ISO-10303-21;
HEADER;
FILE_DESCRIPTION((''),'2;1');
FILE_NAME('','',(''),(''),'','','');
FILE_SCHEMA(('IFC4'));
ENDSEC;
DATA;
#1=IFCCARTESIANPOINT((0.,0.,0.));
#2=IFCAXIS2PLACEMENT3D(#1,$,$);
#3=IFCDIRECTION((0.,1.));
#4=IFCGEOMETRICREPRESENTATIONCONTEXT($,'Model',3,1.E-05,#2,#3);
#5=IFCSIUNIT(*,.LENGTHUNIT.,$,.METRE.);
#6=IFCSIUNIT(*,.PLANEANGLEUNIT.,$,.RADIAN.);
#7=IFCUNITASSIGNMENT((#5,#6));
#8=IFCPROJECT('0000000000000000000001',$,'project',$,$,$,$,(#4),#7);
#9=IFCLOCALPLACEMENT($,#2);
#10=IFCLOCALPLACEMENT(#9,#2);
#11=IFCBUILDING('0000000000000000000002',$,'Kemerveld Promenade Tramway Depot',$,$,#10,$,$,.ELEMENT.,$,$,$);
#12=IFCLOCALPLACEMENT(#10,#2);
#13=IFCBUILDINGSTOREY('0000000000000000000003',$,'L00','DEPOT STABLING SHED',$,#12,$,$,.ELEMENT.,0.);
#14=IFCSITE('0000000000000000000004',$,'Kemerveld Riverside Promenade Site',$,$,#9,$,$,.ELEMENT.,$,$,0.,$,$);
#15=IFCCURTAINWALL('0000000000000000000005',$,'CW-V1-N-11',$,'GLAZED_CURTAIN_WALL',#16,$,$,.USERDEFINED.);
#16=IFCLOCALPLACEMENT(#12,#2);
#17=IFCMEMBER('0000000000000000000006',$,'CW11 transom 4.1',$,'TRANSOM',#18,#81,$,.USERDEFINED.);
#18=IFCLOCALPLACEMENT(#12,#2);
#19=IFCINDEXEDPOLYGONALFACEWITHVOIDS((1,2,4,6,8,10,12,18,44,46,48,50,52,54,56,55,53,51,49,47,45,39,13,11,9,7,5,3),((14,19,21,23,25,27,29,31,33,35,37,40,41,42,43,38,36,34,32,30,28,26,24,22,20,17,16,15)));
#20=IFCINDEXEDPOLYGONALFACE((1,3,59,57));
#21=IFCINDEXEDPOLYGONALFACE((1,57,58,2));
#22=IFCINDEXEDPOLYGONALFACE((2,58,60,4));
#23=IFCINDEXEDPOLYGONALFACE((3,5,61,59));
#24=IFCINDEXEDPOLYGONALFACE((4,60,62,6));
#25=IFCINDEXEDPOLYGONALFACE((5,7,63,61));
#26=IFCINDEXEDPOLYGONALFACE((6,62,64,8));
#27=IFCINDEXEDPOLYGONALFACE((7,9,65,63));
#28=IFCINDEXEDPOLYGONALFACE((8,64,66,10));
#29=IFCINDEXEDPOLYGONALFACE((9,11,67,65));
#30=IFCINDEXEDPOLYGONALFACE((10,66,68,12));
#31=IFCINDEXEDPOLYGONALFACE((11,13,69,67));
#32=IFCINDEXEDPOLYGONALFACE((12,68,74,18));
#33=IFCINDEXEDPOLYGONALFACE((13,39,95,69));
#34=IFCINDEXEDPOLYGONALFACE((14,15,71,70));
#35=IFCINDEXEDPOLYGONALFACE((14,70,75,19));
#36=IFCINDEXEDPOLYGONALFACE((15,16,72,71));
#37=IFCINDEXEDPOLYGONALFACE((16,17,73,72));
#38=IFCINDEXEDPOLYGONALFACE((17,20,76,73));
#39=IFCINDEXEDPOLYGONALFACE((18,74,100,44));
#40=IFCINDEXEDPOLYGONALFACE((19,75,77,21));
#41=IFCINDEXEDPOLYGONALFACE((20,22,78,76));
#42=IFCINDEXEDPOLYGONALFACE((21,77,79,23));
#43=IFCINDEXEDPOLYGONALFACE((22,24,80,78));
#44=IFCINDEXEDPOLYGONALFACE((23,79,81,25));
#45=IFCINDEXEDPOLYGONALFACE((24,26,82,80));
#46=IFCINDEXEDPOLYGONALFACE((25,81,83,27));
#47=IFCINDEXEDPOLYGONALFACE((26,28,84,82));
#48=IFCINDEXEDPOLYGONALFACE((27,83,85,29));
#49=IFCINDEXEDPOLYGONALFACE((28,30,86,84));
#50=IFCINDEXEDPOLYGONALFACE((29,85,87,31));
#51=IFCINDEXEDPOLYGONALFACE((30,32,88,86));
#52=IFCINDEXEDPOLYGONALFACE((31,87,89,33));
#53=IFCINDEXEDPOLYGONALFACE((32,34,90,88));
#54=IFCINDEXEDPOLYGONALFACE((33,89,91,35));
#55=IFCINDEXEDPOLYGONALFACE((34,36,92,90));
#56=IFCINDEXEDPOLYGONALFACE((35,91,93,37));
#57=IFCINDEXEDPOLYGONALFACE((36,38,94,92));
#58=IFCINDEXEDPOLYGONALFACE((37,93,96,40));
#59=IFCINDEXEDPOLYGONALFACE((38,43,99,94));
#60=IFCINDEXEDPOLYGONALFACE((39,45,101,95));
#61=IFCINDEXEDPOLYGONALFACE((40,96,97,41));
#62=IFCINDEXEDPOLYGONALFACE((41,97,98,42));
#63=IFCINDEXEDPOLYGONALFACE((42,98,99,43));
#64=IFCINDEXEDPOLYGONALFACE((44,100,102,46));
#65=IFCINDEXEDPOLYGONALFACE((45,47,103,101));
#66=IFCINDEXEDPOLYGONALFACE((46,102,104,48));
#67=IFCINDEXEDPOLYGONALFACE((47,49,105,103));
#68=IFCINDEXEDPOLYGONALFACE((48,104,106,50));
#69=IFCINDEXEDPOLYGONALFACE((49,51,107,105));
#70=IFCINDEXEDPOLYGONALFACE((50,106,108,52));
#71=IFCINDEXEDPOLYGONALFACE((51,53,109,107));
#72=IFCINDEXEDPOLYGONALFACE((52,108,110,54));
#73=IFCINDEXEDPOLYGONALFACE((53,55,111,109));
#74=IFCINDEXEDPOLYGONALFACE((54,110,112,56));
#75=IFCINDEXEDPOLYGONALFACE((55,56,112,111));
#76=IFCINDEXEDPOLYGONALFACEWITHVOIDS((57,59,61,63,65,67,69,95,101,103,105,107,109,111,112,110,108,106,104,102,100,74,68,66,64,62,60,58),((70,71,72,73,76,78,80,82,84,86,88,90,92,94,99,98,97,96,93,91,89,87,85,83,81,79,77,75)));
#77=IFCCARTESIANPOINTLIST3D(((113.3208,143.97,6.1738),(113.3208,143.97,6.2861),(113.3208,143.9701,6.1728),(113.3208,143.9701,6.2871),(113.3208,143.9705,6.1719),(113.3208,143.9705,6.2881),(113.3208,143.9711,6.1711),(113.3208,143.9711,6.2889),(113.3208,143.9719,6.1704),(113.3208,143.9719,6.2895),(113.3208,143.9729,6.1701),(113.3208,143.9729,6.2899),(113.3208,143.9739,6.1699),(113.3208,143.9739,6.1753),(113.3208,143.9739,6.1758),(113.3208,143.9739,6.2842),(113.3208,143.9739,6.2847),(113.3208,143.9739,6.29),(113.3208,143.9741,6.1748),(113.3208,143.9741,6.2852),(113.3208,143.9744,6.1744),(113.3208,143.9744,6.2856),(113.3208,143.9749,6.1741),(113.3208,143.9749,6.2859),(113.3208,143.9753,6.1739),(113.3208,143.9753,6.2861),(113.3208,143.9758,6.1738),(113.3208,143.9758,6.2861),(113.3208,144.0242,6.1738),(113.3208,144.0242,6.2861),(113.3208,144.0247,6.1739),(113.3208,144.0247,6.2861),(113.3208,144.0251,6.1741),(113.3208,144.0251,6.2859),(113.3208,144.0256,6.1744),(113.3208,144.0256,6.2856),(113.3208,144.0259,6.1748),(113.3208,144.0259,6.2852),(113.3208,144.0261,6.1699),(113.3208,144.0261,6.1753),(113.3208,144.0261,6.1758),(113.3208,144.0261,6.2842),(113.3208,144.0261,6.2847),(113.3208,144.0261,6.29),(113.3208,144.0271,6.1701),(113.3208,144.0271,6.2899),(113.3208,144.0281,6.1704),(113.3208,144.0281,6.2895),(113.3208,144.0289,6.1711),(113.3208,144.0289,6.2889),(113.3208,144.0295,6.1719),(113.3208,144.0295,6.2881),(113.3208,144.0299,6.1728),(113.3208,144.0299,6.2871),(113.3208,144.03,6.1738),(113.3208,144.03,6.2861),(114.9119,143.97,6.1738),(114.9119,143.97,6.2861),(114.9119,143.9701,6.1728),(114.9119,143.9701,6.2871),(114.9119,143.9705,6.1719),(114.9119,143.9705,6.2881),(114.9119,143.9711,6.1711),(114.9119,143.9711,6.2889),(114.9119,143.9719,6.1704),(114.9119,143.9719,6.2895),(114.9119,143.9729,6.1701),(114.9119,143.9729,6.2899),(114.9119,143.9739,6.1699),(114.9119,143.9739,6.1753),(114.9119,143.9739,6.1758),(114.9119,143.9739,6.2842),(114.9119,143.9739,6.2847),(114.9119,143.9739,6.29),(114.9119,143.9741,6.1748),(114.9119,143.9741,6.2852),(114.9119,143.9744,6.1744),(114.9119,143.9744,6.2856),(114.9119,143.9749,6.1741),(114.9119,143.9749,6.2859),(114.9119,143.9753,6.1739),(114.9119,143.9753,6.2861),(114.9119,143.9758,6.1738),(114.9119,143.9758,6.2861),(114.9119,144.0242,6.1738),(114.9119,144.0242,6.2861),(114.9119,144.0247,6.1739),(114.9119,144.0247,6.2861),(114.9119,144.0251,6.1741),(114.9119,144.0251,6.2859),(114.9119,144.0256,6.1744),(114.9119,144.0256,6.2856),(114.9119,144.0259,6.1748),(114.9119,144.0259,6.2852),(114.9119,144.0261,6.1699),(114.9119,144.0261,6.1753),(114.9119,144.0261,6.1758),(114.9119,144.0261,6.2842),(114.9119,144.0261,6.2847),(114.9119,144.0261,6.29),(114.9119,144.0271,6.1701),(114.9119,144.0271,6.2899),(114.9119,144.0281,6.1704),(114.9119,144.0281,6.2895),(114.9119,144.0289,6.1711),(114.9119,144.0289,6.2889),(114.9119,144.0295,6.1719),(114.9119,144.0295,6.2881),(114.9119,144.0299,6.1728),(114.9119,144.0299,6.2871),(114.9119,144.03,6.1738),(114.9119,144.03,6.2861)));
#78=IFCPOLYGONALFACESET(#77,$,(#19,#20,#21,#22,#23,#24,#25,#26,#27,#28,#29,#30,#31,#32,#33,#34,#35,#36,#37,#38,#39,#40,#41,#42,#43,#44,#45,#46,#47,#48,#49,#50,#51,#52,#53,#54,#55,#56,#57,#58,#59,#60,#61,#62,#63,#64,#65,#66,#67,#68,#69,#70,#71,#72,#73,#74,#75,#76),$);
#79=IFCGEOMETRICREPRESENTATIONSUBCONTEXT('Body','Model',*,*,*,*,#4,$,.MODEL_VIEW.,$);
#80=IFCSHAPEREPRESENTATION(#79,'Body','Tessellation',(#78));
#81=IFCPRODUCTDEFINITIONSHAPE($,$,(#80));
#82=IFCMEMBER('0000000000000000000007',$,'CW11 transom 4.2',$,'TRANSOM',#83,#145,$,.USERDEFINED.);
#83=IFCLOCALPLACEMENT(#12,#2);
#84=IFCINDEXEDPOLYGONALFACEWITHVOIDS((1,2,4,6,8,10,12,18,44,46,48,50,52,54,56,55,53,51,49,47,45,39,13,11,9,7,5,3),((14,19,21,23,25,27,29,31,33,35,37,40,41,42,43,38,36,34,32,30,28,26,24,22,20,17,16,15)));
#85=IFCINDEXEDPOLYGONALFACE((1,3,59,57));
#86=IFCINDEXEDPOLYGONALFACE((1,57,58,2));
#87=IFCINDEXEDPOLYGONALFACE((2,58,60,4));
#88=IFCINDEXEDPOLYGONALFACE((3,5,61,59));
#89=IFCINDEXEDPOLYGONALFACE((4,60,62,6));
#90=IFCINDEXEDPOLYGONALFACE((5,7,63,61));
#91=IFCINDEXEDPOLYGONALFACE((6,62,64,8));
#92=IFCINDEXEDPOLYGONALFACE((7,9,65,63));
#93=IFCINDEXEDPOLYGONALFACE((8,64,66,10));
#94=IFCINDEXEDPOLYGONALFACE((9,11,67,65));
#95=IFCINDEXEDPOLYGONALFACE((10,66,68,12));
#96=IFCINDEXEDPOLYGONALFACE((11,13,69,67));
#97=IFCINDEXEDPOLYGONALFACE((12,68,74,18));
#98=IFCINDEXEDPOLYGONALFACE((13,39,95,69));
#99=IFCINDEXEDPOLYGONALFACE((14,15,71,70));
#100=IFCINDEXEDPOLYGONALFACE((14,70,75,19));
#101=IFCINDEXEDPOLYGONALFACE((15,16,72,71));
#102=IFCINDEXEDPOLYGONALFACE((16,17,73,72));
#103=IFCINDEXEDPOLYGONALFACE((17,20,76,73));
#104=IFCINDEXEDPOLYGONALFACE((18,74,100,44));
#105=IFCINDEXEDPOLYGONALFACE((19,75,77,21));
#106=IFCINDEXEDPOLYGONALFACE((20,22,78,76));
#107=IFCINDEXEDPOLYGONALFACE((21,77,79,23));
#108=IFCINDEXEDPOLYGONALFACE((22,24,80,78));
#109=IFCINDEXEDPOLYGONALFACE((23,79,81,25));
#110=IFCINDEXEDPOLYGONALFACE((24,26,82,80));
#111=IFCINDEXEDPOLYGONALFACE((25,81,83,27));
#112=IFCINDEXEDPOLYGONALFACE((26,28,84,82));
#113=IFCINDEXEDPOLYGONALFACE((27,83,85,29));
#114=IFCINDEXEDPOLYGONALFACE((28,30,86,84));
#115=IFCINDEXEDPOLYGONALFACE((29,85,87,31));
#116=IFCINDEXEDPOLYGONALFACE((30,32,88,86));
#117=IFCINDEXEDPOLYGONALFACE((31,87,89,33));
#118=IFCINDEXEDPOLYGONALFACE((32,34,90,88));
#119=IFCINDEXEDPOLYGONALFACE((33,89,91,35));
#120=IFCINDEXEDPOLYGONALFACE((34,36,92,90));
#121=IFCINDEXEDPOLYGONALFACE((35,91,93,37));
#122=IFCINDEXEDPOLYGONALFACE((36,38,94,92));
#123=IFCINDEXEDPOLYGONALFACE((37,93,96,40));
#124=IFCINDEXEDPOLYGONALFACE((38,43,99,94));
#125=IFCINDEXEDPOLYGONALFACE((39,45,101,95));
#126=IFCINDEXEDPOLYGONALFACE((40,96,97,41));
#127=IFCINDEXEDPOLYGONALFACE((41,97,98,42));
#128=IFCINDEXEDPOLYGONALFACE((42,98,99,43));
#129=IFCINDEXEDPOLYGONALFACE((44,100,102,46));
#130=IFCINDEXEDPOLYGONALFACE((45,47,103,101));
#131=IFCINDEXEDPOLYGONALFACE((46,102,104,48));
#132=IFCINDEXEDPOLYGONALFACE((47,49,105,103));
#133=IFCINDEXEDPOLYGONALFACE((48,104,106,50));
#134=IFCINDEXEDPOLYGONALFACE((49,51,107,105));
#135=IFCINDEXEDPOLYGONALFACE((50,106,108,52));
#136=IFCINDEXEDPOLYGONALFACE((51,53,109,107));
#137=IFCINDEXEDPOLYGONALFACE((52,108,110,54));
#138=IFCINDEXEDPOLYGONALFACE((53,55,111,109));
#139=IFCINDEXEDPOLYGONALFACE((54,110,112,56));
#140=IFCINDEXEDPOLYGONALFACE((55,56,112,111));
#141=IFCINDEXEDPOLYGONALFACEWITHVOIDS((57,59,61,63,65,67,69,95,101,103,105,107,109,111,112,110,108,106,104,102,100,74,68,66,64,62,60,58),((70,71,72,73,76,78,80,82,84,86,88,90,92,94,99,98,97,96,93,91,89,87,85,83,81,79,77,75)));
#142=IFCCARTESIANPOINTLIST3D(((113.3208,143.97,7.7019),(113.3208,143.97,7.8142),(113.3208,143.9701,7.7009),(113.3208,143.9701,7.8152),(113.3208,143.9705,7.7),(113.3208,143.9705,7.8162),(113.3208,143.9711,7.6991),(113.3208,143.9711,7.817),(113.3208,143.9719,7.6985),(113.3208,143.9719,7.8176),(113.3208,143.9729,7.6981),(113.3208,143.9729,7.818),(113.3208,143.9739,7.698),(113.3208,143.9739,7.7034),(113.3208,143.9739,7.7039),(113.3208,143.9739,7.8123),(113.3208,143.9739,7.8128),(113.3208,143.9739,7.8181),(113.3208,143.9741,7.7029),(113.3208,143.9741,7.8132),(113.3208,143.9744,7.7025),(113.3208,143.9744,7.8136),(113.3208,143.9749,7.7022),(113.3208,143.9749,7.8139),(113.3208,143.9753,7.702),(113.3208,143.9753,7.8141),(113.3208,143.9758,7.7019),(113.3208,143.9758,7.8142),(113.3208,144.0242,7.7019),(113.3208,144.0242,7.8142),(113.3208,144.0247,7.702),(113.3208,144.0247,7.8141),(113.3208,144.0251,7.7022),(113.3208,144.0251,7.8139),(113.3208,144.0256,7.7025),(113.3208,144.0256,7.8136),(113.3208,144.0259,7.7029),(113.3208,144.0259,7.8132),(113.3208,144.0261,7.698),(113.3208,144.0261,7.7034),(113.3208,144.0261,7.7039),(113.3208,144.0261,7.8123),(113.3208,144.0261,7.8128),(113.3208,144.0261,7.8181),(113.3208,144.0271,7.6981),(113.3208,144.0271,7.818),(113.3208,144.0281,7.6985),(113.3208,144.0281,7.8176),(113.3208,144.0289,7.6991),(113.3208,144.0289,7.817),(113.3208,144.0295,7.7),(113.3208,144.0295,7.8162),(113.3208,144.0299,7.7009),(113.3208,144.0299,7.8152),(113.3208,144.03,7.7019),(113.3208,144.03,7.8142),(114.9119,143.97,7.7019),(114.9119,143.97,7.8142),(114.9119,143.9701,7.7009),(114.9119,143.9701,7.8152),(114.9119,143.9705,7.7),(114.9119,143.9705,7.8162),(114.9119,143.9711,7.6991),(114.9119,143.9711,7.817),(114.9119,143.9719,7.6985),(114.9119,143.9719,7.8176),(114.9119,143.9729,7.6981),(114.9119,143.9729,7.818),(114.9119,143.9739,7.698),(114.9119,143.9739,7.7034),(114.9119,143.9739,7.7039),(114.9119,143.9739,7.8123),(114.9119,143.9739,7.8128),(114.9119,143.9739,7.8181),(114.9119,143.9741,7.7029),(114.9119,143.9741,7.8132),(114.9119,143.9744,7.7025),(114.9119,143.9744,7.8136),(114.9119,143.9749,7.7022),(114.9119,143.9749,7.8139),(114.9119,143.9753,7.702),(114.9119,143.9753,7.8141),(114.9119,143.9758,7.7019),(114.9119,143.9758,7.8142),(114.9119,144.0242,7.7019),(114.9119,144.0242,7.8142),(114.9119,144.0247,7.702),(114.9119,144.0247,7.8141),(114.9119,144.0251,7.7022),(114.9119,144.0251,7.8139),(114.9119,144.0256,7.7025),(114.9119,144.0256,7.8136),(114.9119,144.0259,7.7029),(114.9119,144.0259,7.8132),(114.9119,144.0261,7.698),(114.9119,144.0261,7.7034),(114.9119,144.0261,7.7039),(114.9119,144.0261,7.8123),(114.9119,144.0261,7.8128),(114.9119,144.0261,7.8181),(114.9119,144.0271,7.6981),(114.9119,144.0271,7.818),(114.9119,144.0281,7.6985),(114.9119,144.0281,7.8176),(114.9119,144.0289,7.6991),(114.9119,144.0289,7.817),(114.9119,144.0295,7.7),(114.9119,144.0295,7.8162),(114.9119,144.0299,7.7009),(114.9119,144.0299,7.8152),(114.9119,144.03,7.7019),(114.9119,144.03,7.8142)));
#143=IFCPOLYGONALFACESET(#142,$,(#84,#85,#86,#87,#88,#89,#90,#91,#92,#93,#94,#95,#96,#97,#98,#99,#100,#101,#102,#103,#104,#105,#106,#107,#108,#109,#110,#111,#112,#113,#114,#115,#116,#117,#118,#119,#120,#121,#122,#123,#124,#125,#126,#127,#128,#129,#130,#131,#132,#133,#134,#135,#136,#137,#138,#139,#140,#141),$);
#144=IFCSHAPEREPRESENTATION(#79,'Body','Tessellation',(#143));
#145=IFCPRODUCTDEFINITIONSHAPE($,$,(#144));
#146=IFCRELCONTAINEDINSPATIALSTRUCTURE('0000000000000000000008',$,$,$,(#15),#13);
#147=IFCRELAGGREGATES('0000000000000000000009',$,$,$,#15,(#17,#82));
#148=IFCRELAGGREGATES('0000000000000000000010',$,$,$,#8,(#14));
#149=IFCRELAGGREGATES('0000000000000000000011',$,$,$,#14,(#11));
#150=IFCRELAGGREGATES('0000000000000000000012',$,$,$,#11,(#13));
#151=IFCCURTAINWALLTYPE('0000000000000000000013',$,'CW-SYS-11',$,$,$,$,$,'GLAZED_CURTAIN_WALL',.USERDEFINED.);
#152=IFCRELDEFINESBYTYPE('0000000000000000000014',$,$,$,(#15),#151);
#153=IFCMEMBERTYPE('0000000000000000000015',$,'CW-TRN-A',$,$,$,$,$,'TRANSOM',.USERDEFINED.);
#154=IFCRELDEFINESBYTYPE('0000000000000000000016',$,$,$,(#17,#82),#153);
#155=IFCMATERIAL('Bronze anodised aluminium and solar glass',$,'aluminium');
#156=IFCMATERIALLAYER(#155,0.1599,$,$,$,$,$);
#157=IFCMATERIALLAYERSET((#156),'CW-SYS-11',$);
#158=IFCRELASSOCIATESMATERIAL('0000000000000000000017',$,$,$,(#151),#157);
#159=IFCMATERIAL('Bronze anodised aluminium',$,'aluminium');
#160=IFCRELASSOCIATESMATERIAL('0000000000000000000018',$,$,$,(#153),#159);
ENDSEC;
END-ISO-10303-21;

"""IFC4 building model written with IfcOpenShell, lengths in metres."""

from ifc_helpers import new_model, si_unit, direction, frame, origin, origin_2d, place, context, subcontext, project, spatial, hollow_rectangle, extrude, material, layer, layer_set, material_profile, profile_set, type_object, element, aggregate, save


model = new_model("IFC4")

# Units and contexts
model_context = context("Model", 3, precision=1e-05, world=origin(), true_north=direction((0.0, 1.0)))
body_context = subcontext(model_context, "Body", "Model", "MODEL_VIEW")
ifc_project = project(units=[si_unit("LENGTHUNIT", "METRE"), si_unit("PLANEANGLEUNIT", "RADIAN")], contexts=[model_context])

# Site, building, storey
site_placement = place(None, origin())
site = spatial("IfcSite", under=ifc_project, at=site_placement, Name="Kemerveld Riverside Promenade Site", CompositionType="ELEMENT", RefElevation=0.0)
building_placement = place(site_placement, origin())
building = spatial("IfcBuilding", under=site, at=building_placement, Name="Kemerveld Promenade Tramway Depot", CompositionType="ELEMENT")
storey_placement = place(building_placement, origin())
storey = spatial("IfcBuildingStorey", under=building, at=storey_placement, Name="L00", Description="DEPOT STABLING SHED", CompositionType="ELEMENT", Elevation=0.0)

# Curtain wall
ifc_material_1 = material(Name="Bronze anodised aluminium and solar glass", Category="aluminium")
ifc_layer_1 = layer(ifc_material_1, 0.1599)
ifc_layer_set_1 = layer_set([ifc_layer_1], Name="CW-SYS-11")
curtain_wall_type_1 = type_object("IfcCurtainWallType", Name="CW-SYS-11", ElementType="GLAZED_CURTAIN_WALL", PredefinedType="USERDEFINED", material=ifc_layer_set_1)
curtain_wall_1_placement = place(storey_placement, origin())
curtain_wall_1 = element("IfcCurtainWall", 1, at=curtain_wall_1_placement, inside=storey, type_object=curtain_wall_type_1, Name="CW-V1-N-11", ObjectType="GLAZED_CURTAIN_WALL", PredefinedType="USERDEFINED")
ifc_material_2 = material(Name="Bronze anodised aluminium", Category="aluminium")

# Members
ifc_material_profile_1 = material_profile(ifc_material_2, hollow_rectangle(XDim=0.0601, YDim=0.1201, WallThickness=0.0039, InnerFilletRadius=0.002, OuterFilletRadius=0.0039, at=origin_2d()), Name="CW-TRN-120x60")
ifc_profile_set_1 = profile_set([ifc_material_profile_1], Name="Bronze anodised aluminium")
member_type_1 = type_object("IfcMemberType", Name="CW-TRN-A", ElementType="TRANSOM", PredefinedType="USERDEFINED", material=ifc_profile_set_1)
member_1_placement = place(storey_placement, frame((113.3208, 144.0, 6.23), z_axis=(1.0, 0.0, 0.0), x_axis=(0.0, 1.0, 0.0)))
member_1 = element("IfcMember", 2, at=member_1_placement, type_object=member_type_1, Name="CW11 transom 4.1", ObjectType="TRANSOM", PredefinedType="USERDEFINED", context=body_context, shape_type="SweptSolid", body=[
    extrude(hollow_rectangle(XDim=0.0601, YDim=0.1201, WallThickness=0.0039, InnerFilletRadius=0.002, OuterFilletRadius=0.0039, at=origin_2d()), origin(), (0.0, 0.0, 1.0), 1.5911),
])
member_2_placement = place(storey_placement, frame((113.3208, 144.0, 7.7581), z_axis=(1.0, 0.0, 0.0), x_axis=(0.0, 1.0, 0.0)))
member_2 = element("IfcMember", 3, at=member_2_placement, type_object=member_type_1, Name="CW11 transom 4.2", ObjectType="TRANSOM", PredefinedType="USERDEFINED", context=body_context, shape_type="SweptSolid", body=[
    extrude(hollow_rectangle(XDim=0.0601, YDim=0.1201, WallThickness=0.0039, InnerFilletRadius=0.002, OuterFilletRadius=0.0039, at=origin_2d()), origin(), (0.0, 0.0, 1.0), 1.5911),
])

aggregate(curtain_wall_1, [member_1, member_2])

save(model, "model.ifc")
